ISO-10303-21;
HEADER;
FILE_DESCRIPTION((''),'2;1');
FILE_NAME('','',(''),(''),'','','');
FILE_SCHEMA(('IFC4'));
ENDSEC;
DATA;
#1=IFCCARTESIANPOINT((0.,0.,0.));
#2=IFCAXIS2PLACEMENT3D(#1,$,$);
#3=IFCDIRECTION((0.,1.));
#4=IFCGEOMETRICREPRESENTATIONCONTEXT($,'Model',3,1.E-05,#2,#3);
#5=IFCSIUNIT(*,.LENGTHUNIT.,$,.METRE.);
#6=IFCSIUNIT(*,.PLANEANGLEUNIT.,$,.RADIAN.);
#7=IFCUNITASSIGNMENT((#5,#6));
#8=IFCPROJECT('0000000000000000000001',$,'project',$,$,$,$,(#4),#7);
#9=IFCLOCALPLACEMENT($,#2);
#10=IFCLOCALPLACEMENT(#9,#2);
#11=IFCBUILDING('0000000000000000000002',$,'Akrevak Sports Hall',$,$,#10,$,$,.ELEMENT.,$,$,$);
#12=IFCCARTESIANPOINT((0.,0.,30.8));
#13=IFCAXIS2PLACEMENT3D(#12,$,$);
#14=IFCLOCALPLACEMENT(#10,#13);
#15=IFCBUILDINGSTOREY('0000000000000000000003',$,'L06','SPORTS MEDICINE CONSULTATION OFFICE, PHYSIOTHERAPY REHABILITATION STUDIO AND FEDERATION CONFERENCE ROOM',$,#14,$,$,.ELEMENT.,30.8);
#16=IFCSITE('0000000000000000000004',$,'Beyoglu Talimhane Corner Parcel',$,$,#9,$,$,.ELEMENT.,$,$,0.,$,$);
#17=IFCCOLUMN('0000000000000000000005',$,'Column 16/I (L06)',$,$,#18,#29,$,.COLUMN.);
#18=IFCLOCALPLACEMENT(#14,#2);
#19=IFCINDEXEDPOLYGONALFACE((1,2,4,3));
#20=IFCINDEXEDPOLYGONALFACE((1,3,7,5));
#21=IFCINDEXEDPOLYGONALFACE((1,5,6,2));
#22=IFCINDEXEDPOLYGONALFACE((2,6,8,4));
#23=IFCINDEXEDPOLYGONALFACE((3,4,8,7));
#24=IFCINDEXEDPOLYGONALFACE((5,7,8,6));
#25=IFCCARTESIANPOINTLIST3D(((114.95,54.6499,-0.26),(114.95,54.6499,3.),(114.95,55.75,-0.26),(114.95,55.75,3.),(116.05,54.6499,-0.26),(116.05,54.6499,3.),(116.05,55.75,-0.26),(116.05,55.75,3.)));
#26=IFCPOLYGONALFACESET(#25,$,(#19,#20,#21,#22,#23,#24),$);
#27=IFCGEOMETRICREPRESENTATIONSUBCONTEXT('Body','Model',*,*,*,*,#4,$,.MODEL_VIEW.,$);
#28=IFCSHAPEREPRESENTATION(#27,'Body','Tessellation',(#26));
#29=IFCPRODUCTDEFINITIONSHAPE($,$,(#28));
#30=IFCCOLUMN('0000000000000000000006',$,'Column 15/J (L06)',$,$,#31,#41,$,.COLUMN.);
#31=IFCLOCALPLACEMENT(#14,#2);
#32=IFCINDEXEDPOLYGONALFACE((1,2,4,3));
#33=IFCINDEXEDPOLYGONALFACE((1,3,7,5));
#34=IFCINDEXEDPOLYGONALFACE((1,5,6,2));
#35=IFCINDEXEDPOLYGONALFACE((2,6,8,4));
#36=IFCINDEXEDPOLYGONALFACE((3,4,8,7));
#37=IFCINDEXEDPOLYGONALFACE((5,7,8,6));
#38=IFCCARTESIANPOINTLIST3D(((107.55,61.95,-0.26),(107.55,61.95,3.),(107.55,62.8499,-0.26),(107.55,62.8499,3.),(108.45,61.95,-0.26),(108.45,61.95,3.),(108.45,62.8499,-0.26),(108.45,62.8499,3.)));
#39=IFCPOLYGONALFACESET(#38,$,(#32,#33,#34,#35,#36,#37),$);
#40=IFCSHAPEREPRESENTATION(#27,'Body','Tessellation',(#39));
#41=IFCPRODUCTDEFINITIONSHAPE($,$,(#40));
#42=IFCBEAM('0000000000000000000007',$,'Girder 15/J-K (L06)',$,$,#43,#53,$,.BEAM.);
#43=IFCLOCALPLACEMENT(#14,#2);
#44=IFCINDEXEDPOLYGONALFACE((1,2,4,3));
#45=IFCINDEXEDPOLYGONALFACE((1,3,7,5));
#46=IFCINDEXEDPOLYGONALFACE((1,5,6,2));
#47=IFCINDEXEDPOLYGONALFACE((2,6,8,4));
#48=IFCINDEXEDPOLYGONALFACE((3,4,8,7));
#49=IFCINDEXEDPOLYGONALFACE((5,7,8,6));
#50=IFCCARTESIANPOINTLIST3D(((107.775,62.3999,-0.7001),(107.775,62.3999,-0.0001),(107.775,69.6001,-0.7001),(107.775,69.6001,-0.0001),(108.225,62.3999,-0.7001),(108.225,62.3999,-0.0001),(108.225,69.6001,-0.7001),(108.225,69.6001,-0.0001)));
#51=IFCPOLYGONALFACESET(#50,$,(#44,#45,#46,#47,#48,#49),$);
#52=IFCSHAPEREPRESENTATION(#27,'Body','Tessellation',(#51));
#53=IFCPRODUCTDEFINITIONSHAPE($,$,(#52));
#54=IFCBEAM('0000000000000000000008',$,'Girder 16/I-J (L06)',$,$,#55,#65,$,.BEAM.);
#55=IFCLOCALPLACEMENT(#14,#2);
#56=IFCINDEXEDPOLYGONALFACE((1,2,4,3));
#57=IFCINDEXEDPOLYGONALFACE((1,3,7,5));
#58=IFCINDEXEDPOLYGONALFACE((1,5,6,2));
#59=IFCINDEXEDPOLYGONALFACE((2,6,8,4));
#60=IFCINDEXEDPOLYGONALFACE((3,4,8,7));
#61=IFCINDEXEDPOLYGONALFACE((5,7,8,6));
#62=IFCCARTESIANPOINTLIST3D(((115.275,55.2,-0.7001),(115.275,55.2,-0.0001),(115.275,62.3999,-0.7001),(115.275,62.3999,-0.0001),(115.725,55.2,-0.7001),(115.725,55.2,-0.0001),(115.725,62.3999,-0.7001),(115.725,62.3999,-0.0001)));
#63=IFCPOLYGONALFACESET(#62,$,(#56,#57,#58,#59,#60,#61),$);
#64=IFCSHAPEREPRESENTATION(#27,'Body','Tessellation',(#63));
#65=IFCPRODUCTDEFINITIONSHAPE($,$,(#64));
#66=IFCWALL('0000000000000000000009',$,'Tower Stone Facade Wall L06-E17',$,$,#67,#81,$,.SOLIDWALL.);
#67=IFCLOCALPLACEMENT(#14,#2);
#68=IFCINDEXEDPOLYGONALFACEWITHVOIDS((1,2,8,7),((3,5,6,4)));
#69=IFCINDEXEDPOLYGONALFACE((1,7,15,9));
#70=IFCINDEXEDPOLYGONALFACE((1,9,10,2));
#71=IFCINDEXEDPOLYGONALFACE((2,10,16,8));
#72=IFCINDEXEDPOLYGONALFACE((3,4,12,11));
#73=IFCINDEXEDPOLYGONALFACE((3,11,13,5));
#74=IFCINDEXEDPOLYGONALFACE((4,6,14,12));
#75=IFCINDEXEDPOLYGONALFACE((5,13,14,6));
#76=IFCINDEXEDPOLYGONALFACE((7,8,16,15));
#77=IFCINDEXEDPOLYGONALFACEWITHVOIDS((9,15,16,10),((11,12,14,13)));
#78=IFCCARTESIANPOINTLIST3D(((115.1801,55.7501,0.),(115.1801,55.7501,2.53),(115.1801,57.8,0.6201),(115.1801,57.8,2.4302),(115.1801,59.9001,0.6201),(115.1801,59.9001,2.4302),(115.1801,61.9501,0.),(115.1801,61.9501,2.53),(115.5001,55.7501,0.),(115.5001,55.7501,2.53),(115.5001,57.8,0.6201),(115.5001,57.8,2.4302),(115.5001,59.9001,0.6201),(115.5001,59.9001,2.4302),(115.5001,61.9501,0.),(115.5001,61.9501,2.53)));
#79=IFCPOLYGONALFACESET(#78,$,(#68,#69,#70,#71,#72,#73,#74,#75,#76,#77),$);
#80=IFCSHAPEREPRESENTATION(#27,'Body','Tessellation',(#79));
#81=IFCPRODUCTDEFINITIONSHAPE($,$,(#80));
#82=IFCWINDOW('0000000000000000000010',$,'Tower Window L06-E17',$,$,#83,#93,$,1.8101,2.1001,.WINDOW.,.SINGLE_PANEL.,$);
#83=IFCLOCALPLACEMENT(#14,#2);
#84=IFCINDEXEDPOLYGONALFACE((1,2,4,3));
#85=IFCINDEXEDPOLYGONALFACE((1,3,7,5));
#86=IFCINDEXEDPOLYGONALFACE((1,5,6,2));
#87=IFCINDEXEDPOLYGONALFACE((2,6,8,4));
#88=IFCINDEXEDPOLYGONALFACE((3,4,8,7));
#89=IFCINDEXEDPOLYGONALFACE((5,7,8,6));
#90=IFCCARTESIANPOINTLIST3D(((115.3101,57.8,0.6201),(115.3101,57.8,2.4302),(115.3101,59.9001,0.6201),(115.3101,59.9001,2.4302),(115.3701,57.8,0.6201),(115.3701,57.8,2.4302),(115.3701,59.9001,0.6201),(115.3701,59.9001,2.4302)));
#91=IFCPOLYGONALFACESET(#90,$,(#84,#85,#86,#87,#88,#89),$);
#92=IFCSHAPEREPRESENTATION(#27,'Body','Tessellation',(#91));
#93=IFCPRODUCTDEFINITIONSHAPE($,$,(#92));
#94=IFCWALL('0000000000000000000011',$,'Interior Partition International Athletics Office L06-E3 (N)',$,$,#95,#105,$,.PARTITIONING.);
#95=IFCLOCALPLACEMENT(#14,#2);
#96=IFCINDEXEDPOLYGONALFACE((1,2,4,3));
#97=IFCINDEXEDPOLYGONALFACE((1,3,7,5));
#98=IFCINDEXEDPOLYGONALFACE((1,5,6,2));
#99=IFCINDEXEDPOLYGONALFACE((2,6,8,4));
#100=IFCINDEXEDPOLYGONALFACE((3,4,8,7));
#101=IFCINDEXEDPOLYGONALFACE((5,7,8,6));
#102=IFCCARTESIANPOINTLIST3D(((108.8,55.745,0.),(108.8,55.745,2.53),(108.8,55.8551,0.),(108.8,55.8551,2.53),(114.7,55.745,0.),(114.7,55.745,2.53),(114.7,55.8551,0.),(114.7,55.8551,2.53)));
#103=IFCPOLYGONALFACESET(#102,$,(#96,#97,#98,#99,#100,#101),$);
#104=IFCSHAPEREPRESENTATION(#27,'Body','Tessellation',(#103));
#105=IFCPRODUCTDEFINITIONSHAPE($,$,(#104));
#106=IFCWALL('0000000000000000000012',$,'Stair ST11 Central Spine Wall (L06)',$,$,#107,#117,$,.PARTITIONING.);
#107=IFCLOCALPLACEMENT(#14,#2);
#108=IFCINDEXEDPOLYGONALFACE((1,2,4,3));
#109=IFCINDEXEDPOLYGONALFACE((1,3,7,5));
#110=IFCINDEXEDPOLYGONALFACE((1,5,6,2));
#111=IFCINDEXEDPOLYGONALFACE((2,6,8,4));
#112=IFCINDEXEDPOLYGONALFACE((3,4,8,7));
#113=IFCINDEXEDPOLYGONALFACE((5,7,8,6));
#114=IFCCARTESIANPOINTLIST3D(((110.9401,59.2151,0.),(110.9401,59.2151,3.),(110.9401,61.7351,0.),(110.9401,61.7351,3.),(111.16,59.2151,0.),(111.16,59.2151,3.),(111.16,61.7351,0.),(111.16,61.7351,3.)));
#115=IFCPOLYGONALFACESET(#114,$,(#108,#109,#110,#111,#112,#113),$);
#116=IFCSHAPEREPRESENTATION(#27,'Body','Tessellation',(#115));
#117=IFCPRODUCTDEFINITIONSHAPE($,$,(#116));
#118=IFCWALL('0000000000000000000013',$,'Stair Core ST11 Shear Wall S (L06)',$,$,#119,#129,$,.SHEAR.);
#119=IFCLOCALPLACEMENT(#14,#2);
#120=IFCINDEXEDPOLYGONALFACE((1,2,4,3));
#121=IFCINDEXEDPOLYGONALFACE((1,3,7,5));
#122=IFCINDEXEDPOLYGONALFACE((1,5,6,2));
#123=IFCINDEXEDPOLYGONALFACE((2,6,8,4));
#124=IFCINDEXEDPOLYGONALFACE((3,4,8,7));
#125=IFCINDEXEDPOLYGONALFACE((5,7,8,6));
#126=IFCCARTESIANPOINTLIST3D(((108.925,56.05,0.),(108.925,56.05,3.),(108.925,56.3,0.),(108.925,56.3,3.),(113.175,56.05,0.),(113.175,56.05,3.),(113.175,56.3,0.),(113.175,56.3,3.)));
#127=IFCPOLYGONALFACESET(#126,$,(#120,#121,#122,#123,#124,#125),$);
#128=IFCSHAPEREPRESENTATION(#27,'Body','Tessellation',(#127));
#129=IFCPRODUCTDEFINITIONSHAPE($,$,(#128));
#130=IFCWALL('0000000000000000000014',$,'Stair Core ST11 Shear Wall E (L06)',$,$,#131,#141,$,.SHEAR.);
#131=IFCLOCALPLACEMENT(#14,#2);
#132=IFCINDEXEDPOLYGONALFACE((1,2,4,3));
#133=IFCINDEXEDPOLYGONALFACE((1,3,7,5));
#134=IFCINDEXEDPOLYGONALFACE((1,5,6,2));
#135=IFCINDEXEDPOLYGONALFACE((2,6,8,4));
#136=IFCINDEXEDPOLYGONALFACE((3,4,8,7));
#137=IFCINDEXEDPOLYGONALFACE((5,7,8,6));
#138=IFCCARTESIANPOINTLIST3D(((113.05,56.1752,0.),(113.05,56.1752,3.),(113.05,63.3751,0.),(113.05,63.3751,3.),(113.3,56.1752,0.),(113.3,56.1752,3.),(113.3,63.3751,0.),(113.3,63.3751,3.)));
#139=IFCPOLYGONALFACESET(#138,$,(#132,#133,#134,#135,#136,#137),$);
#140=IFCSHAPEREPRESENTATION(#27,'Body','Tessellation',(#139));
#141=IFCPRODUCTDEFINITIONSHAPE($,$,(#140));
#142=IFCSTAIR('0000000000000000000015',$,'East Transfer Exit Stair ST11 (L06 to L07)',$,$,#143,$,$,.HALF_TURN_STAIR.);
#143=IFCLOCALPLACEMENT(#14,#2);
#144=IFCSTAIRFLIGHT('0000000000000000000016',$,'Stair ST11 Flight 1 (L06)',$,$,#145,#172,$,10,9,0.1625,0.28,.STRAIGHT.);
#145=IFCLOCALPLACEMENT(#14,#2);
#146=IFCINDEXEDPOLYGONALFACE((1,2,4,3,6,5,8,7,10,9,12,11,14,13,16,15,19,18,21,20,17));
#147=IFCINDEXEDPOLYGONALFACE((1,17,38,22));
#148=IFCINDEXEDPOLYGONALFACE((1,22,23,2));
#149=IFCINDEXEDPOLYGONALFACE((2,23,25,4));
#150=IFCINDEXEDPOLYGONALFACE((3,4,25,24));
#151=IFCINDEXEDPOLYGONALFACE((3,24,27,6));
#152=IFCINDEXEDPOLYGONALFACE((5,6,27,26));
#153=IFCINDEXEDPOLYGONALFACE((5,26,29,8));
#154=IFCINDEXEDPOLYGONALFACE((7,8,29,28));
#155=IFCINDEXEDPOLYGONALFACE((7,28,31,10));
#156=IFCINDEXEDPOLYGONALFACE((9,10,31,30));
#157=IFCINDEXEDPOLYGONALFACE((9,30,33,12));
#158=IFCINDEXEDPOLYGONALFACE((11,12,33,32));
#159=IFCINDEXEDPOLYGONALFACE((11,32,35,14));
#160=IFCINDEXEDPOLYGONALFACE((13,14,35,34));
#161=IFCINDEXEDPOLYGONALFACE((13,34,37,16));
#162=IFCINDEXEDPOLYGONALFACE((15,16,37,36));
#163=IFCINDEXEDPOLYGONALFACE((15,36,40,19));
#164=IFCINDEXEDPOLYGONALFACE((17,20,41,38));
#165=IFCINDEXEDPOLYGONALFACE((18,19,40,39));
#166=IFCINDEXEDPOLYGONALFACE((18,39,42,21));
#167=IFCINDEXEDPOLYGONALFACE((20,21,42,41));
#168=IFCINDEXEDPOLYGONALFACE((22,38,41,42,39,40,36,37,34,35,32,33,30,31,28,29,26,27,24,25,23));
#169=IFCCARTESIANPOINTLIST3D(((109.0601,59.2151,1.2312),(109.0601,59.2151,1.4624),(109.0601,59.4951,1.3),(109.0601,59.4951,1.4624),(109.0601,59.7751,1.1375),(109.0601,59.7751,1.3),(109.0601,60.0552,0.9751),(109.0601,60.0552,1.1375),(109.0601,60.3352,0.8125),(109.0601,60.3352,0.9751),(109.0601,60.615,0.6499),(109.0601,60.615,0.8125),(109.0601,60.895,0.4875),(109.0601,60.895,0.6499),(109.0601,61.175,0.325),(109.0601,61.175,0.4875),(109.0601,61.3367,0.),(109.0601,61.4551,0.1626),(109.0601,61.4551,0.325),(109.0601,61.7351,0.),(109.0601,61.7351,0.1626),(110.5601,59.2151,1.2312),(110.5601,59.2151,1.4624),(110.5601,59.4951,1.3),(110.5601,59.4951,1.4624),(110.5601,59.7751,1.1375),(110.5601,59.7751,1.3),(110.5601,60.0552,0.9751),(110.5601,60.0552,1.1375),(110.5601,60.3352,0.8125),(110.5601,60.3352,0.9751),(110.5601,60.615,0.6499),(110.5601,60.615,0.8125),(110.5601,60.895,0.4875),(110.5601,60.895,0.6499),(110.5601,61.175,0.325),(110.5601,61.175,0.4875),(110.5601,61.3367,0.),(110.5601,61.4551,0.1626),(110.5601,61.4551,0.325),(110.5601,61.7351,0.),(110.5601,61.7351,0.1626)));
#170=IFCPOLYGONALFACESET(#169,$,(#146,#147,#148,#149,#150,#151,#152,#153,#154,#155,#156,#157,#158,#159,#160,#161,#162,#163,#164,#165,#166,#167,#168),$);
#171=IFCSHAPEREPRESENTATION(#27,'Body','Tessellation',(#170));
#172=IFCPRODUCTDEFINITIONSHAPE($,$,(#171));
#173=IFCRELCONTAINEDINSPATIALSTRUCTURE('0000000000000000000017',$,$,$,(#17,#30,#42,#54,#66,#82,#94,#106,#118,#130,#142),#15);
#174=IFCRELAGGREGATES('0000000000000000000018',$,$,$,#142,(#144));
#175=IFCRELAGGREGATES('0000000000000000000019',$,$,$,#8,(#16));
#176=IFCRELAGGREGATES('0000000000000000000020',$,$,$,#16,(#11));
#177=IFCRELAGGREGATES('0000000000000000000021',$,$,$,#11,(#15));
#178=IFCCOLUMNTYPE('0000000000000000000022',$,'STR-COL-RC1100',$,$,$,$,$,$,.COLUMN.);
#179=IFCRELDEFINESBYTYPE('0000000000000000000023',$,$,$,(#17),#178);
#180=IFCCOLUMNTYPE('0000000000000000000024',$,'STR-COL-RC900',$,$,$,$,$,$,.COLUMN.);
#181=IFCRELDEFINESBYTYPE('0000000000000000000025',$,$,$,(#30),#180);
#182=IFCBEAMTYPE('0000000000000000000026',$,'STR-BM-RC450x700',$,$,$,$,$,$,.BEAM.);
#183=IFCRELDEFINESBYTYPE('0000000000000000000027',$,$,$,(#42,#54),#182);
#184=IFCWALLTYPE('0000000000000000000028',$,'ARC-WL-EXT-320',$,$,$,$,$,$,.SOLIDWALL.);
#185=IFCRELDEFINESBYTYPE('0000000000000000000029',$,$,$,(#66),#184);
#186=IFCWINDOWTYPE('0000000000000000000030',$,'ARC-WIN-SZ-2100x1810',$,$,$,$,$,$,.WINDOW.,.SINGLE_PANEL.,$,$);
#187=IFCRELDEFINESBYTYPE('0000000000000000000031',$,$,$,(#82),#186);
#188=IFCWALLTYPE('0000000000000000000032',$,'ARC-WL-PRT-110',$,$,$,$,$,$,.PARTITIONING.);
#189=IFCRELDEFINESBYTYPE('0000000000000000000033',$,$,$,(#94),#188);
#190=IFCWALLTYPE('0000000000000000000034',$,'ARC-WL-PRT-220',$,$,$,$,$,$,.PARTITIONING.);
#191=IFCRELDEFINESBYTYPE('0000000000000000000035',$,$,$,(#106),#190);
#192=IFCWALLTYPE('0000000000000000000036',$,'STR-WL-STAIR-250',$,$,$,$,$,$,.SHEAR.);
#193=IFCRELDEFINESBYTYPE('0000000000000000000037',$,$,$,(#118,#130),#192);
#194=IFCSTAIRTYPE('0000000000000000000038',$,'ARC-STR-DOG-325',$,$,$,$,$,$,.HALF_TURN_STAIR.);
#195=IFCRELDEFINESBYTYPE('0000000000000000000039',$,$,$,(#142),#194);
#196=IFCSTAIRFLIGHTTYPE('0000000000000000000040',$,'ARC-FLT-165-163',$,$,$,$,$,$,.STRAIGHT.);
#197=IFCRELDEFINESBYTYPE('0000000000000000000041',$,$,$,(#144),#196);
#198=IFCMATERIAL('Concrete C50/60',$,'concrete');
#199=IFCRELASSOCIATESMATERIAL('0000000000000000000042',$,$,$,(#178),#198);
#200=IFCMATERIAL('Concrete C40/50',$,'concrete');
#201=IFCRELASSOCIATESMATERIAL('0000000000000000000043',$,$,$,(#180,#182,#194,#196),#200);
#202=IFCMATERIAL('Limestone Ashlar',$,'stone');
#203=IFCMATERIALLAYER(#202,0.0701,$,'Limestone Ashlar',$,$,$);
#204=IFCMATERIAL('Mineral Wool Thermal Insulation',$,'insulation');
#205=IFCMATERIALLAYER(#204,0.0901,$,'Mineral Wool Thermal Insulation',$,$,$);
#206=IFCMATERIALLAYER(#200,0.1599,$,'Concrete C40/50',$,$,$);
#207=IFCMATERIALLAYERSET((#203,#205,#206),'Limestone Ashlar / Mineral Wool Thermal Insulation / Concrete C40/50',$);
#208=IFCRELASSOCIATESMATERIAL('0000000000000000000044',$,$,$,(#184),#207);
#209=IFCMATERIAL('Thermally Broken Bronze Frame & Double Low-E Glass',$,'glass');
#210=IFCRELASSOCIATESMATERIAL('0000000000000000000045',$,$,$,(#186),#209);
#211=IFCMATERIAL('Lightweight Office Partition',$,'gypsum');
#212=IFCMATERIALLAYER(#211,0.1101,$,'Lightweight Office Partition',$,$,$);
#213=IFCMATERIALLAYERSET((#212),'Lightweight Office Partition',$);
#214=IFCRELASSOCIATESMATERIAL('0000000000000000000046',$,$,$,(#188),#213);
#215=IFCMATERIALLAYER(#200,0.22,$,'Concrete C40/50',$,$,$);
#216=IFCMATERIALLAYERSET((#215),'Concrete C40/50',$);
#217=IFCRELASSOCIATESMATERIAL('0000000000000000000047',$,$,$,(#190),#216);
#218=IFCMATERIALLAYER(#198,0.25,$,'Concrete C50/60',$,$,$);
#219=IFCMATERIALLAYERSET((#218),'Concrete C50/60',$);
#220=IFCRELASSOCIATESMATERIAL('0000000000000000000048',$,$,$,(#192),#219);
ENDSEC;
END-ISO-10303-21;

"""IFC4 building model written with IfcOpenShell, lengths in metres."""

from ifc_helpers import new_model, si_unit, direction, frame, frame_2d, origin, origin_2d, place, context, subcontext, project, spatial, polyline, rectangle, outline, extrude, material, layer, layer_set, material_profile, profile_set, type_object, element, fill, aggregate, save


model = new_model("IFC4")

# Units and contexts
model_context = context("Model", 3, precision=1e-05, world=origin(), true_north=direction((0.0, 1.0)))
body_context = subcontext(model_context, "Body", "Model", "MODEL_VIEW")
ifc_project = project(units=[si_unit("LENGTHUNIT", "METRE"), si_unit("PLANEANGLEUNIT", "RADIAN")], contexts=[model_context])

# Site, building, storey
site_placement = place(None, origin())
site = spatial("IfcSite", under=ifc_project, at=site_placement, Name="Beyoglu Talimhane Corner Parcel", CompositionType="ELEMENT", RefElevation=0.0)
building_placement = place(site_placement, origin())
building = spatial("IfcBuilding", under=site, at=building_placement, Name="Akrevak Sports Hall", CompositionType="ELEMENT")
storey_placement = place(building_placement, frame((0.0, 0.0, 30.8)))
storey = spatial("IfcBuildingStorey", under=building, at=storey_placement, Name="L06", Description="SPORTS MEDICINE CONSULTATION OFFICE, PHYSIOTHERAPY REHABILITATION STUDIO AND FEDERATION CONFERENCE ROOM", CompositionType="ELEMENT", Elevation=30.8)

# Columns
ifc_material_1 = material(Name="Concrete C50/60", Category="concrete")
ifc_material_profile_1 = material_profile(ifc_material_1, rectangle(XDim=1.1001, YDim=1.1001, at=origin_2d()), Name="RC 1100x1100", Category="concrete")
ifc_profile_set_1 = profile_set([ifc_material_profile_1], Name="Concrete C50/60")
column_type_1 = type_object("IfcColumnType", Name="STR-COL-RC1100", PredefinedType="COLUMN", material=ifc_profile_set_1)
column_1_placement = place(storey_placement, frame((115.5, 55.2, -0.26), z_axis=(0.0, 0.0, 1.0), x_axis=(1.0, 0.0, 0.0)))
element("IfcColumn", 1, at=column_1_placement, inside=storey, type_object=column_type_1, Name="Column 16/I (L06)", PredefinedType="COLUMN", context=body_context, shape_type="SweptSolid", body=[
    extrude(rectangle(XDim=1.1001, YDim=1.1001, at=origin_2d()), origin(), (0.0, 0.0, 1.0), 3.26),
])
ifc_material_2 = material(Name="Concrete C40/50", Category="concrete")
ifc_material_profile_2 = material_profile(ifc_material_2, rectangle(XDim=0.8999, YDim=0.8999, at=origin_2d()), Name="RC 900x900", Category="concrete")
ifc_profile_set_2 = profile_set([ifc_material_profile_2], Name="Concrete C40/50")
column_type_2 = type_object("IfcColumnType", Name="STR-COL-RC900", PredefinedType="COLUMN", material=ifc_profile_set_2)
column_2_placement = place(storey_placement, frame((108.0, 62.3999, -0.26), z_axis=(0.0, 0.0, 1.0), x_axis=(1.0, 0.0, 0.0)))
element("IfcColumn", 2, at=column_2_placement, inside=storey, type_object=column_type_2, Name="Column 15/J (L06)", PredefinedType="COLUMN", context=body_context, shape_type="SweptSolid", body=[
    extrude(rectangle(XDim=0.8999, YDim=0.8999, at=origin_2d()), origin(), (0.0, 0.0, 1.0), 3.26),
])

# Beams
ifc_material_profile_3 = material_profile(ifc_material_2, rectangle(XDim=0.45, YDim=0.7, at=origin_2d()), Name="BM 450x700", Category="concrete")
ifc_profile_set_3 = profile_set([ifc_material_profile_3], Name="Concrete C40/50")
beam_type = type_object("IfcBeamType", Name="STR-BM-RC450x700", PredefinedType="BEAM", material=ifc_profile_set_3)
beam_1_placement = place(storey_placement, frame((108.0, 62.3999, -0.3501), z_axis=(0.0, 1.0, 0.0), x_axis=(-1.0, 0.0, 0.0)))
element("IfcBeam", 3, at=beam_1_placement, inside=storey, type_object=beam_type, Name="Girder 15/J-K (L06)", PredefinedType="BEAM", context=body_context, shape_type="SweptSolid", body=[
    extrude(rectangle(XDim=0.45, YDim=0.7, at=origin_2d()), origin(), (0.0, 0.0, 1.0), 7.2002),
])
beam_2_placement = place(storey_placement, frame((115.5, 55.2, -0.3501), z_axis=(0.0, 1.0, 0.0), x_axis=(-1.0, 0.0, 0.0)))
element("IfcBeam", 4, at=beam_2_placement, inside=storey, type_object=beam_type, Name="Girder 16/I-J (L06)", PredefinedType="BEAM", context=body_context, shape_type="SweptSolid", body=[
    extrude(rectangle(XDim=0.45, YDim=0.7, at=origin_2d()), origin(), (0.0, 0.0, 1.0), 7.2),
])

# Wall, opening, window
ifc_material_3 = material(Name="Limestone Ashlar", Category="stone")
ifc_layer_1 = layer(ifc_material_3, 0.0701, Name="Limestone Ashlar")
ifc_material_4 = material(Name="Mineral Wool Thermal Insulation", Category="insulation")
ifc_layer_2 = layer(ifc_material_4, 0.0901, Name="Mineral Wool Thermal Insulation")
ifc_layer_3 = layer(ifc_material_2, 0.1599, Name="Concrete C40/50")
ifc_layer_set_1 = layer_set([ifc_layer_1, ifc_layer_2, ifc_layer_3], Name="Limestone Ashlar / Mineral Wool Thermal Insulation / Concrete C40/50")
wall_type_1 = type_object("IfcWallType", Name="ARC-WL-EXT-320", PredefinedType="SOLIDWALL", material=ifc_layer_set_1)
wall_1_placement = place(storey_placement, frame((115.3401, 55.75, 0.0), z_axis=(0.0, 0.0, 1.0), x_axis=(0.0, 1.0, 0.0)))
wall_1 = element("IfcWall", 5, at=wall_1_placement, inside=storey, type_object=wall_type_1, Name="Tower Stone Facade Wall L06-E17", PredefinedType="SOLIDWALL", context=body_context, shape_type="SweptSolid", body=[
    extrude(rectangle(XDim=6.2, YDim=0.3201, at=frame_2d((3.1001, 0.0))), origin(), (0.0, 0.0, 1.0), 2.53),
])
opening_placement = place(wall_1_placement, frame((2.05, 0.0, 0.6201)))
opening = element("IfcOpeningElement", 6, at=opening_placement, cuts=wall_1, PredefinedType="OPENING", context=body_context, shape_type="SweptSolid", body=[
    extrude(rectangle(XDim=2.1001, YDim=1.8101, at=frame_2d((1.05, 0.905))), frame((0.0, 0.1719, 0.0), z_axis=(0.0, -1.0, 0.0), x_axis=(1.0, 0.0, 0.0)), (0.0, 0.0, 1.0), 0.344),
])
ifc_material_5 = material(Name="Thermally Broken Bronze Frame & Double Low-E Glass", Category="glass")
window_type = type_object("IfcWindowType", Name="ARC-WIN-SZ-2100x1810", PartitioningType="SINGLE_PANEL", PredefinedType="WINDOW", material=ifc_material_5)
window_placement = place(opening_placement, origin())
window = element("IfcWindow", 7, at=window_placement, inside=storey, type_object=window_type, Name="Tower Window L06-E17", OverallHeight=1.8101, OverallWidth=2.1001, PartitioningType="SINGLE_PANEL", PredefinedType="WINDOW", context=body_context, shape_type="SweptSolid", body=[
    extrude(rectangle(XDim=2.1001, YDim=1.8101, at=frame_2d((1.05, 0.905))), frame((0.0, 0.03, 0.0), z_axis=(0.0, -1.0, 0.0), x_axis=(1.0, 0.0, 0.0)), (0.0, 0.0, 1.0), 0.0601),
])
fill(opening, window)

# Walls
ifc_material_6 = material(Name="Lightweight Office Partition", Category="gypsum")
ifc_layer_4 = layer(ifc_material_6, 0.1101, Name="Lightweight Office Partition")
ifc_layer_set_2 = layer_set([ifc_layer_4], Name="Lightweight Office Partition")
wall_type_2 = type_object("IfcWallType", Name="ARC-WL-PRT-110", PredefinedType="PARTITIONING", material=ifc_layer_set_2)
wall_2_placement = place(storey_placement, frame((108.8, 55.8, 0.0), z_axis=(0.0, 0.0, 1.0), x_axis=(1.0, 0.0, 0.0)))
element("IfcWall", 8, at=wall_2_placement, inside=storey, type_object=wall_type_2, Name="Interior Partition International Athletics Office L06-E3 (N)", PredefinedType="PARTITIONING", context=body_context, shape_type="SweptSolid", body=[
    extrude(rectangle(XDim=5.8999, YDim=0.1101, at=frame_2d((2.95, 0.0))), origin(), (0.0, 0.0, 1.0), 2.53),
])
ifc_layer_5 = layer(ifc_material_2, 0.22, Name="Concrete C40/50")
ifc_layer_set_3 = layer_set([ifc_layer_5], Name="Concrete C40/50")
wall_type_3 = type_object("IfcWallType", Name="ARC-WL-PRT-220", PredefinedType="PARTITIONING", material=ifc_layer_set_3)
wall_3_placement = place(storey_placement, frame((111.05, 59.2151, 0.0), z_axis=(0.0, 0.0, 1.0), x_axis=(0.0, 1.0, 0.0)))
element("IfcWall", 9, at=wall_3_placement, inside=storey, type_object=wall_type_3, Name="Stair ST11 Central Spine Wall (L06)", PredefinedType="PARTITIONING", context=body_context, shape_type="SweptSolid", body=[
    extrude(rectangle(XDim=2.52, YDim=0.22, at=frame_2d((1.26, 0.0))), origin(), (0.0, 0.0, 1.0), 3.0),
])
ifc_layer_6 = layer(ifc_material_1, 0.25, Name="Concrete C50/60")
ifc_layer_set_4 = layer_set([ifc_layer_6], Name="Concrete C50/60")
wall_type_4 = type_object("IfcWallType", Name="STR-WL-STAIR-250", PredefinedType="SHEAR", material=ifc_layer_set_4)
wall_4_placement = place(storey_placement, frame((108.925, 56.175, 0.0), z_axis=(0.0, 0.0, 1.0), x_axis=(1.0, 0.0, 0.0)))
element("IfcWall", 10, at=wall_4_placement, inside=storey, type_object=wall_type_4, Name="Stair Core ST11 Shear Wall S (L06)", PredefinedType="SHEAR", context=body_context, shape_type="SweptSolid", body=[
    extrude(rectangle(XDim=4.25, YDim=0.25, at=frame_2d((2.125, 0.0))), origin(), (0.0, 0.0, 1.0), 3.0),
])
wall_5_placement = place(storey_placement, frame((113.175, 56.175, 0.0), z_axis=(0.0, 0.0, 1.0), x_axis=(0.0, 1.0, 0.0)))
element("IfcWall", 11, at=wall_5_placement, inside=storey, type_object=wall_type_4, Name="Stair Core ST11 Shear Wall E (L06)", PredefinedType="SHEAR", context=body_context, shape_type="SweptSolid", body=[
    extrude(rectangle(XDim=7.2, YDim=0.25, at=frame_2d((3.6001, 0.0))), origin(), (0.0, 0.0, 1.0), 3.0),
])

# Stair, stair flight
stair_type = type_object("IfcStairType", Name="ARC-STR-DOG-325", PredefinedType="HALF_TURN_STAIR", material=ifc_material_2)
stair_placement = place(storey_placement, origin())
stair = element("IfcStair", 12, at=stair_placement, inside=storey, type_object=stair_type, Name="East Transfer Exit Stair ST11 (L06 to L07)", PredefinedType="HALF_TURN_STAIR")
stair_flight_type = type_object("IfcStairFlightType", Name="ARC-FLT-165-163", PredefinedType="STRAIGHT", material=ifc_material_2)
stair_flight_1_placement = place(storey_placement, frame((109.8101, 61.7351, 0.0), z_axis=(0.0, 0.0, 1.0), x_axis=(0.0, -1.0, 0.0)))
stair_flight_1 = element("IfcStairFlight", 13, at=stair_flight_1_placement, type_object=stair_flight_type, Name="Stair ST11 Flight 1 (L06)", NumberOfRisers=10, NumberOfTreads=9, PredefinedType="STRAIGHT", RiserHeight=0.1625, TreadLength=0.28, context=body_context, shape_type="SweptSolid", body=[
    extrude(outline(polyline([(0.0, 0.0), (0.0, 0.1626), (0.28, 0.1626), (0.28, 0.325), (0.5601, 0.325), (0.5601, 0.4875), (0.8401, 0.4875), (0.8401, 0.6499), (1.1201, 0.6499), (1.1201, 0.8125), (1.3999, 0.8125), (1.3999, 0.9751), (1.6799, 0.9751), (1.6799, 1.1375), (1.96, 1.1375), (1.96, 1.3), (2.24, 1.3), (2.24, 1.4624), (2.52, 1.4624), (2.52, 1.625), (2.52, 1.2312), (0.3984, 0.0), (0.0, 0.0)])), frame((0.0, 0.75, 0.0), z_axis=(0.0, -1.0, 0.0), x_axis=(1.0, 0.0, 0.0)), (0.0, 0.0, 1.0), 1.5),
])
aggregate(stair, [stair_flight_1])

save(model, "model.ifc")
